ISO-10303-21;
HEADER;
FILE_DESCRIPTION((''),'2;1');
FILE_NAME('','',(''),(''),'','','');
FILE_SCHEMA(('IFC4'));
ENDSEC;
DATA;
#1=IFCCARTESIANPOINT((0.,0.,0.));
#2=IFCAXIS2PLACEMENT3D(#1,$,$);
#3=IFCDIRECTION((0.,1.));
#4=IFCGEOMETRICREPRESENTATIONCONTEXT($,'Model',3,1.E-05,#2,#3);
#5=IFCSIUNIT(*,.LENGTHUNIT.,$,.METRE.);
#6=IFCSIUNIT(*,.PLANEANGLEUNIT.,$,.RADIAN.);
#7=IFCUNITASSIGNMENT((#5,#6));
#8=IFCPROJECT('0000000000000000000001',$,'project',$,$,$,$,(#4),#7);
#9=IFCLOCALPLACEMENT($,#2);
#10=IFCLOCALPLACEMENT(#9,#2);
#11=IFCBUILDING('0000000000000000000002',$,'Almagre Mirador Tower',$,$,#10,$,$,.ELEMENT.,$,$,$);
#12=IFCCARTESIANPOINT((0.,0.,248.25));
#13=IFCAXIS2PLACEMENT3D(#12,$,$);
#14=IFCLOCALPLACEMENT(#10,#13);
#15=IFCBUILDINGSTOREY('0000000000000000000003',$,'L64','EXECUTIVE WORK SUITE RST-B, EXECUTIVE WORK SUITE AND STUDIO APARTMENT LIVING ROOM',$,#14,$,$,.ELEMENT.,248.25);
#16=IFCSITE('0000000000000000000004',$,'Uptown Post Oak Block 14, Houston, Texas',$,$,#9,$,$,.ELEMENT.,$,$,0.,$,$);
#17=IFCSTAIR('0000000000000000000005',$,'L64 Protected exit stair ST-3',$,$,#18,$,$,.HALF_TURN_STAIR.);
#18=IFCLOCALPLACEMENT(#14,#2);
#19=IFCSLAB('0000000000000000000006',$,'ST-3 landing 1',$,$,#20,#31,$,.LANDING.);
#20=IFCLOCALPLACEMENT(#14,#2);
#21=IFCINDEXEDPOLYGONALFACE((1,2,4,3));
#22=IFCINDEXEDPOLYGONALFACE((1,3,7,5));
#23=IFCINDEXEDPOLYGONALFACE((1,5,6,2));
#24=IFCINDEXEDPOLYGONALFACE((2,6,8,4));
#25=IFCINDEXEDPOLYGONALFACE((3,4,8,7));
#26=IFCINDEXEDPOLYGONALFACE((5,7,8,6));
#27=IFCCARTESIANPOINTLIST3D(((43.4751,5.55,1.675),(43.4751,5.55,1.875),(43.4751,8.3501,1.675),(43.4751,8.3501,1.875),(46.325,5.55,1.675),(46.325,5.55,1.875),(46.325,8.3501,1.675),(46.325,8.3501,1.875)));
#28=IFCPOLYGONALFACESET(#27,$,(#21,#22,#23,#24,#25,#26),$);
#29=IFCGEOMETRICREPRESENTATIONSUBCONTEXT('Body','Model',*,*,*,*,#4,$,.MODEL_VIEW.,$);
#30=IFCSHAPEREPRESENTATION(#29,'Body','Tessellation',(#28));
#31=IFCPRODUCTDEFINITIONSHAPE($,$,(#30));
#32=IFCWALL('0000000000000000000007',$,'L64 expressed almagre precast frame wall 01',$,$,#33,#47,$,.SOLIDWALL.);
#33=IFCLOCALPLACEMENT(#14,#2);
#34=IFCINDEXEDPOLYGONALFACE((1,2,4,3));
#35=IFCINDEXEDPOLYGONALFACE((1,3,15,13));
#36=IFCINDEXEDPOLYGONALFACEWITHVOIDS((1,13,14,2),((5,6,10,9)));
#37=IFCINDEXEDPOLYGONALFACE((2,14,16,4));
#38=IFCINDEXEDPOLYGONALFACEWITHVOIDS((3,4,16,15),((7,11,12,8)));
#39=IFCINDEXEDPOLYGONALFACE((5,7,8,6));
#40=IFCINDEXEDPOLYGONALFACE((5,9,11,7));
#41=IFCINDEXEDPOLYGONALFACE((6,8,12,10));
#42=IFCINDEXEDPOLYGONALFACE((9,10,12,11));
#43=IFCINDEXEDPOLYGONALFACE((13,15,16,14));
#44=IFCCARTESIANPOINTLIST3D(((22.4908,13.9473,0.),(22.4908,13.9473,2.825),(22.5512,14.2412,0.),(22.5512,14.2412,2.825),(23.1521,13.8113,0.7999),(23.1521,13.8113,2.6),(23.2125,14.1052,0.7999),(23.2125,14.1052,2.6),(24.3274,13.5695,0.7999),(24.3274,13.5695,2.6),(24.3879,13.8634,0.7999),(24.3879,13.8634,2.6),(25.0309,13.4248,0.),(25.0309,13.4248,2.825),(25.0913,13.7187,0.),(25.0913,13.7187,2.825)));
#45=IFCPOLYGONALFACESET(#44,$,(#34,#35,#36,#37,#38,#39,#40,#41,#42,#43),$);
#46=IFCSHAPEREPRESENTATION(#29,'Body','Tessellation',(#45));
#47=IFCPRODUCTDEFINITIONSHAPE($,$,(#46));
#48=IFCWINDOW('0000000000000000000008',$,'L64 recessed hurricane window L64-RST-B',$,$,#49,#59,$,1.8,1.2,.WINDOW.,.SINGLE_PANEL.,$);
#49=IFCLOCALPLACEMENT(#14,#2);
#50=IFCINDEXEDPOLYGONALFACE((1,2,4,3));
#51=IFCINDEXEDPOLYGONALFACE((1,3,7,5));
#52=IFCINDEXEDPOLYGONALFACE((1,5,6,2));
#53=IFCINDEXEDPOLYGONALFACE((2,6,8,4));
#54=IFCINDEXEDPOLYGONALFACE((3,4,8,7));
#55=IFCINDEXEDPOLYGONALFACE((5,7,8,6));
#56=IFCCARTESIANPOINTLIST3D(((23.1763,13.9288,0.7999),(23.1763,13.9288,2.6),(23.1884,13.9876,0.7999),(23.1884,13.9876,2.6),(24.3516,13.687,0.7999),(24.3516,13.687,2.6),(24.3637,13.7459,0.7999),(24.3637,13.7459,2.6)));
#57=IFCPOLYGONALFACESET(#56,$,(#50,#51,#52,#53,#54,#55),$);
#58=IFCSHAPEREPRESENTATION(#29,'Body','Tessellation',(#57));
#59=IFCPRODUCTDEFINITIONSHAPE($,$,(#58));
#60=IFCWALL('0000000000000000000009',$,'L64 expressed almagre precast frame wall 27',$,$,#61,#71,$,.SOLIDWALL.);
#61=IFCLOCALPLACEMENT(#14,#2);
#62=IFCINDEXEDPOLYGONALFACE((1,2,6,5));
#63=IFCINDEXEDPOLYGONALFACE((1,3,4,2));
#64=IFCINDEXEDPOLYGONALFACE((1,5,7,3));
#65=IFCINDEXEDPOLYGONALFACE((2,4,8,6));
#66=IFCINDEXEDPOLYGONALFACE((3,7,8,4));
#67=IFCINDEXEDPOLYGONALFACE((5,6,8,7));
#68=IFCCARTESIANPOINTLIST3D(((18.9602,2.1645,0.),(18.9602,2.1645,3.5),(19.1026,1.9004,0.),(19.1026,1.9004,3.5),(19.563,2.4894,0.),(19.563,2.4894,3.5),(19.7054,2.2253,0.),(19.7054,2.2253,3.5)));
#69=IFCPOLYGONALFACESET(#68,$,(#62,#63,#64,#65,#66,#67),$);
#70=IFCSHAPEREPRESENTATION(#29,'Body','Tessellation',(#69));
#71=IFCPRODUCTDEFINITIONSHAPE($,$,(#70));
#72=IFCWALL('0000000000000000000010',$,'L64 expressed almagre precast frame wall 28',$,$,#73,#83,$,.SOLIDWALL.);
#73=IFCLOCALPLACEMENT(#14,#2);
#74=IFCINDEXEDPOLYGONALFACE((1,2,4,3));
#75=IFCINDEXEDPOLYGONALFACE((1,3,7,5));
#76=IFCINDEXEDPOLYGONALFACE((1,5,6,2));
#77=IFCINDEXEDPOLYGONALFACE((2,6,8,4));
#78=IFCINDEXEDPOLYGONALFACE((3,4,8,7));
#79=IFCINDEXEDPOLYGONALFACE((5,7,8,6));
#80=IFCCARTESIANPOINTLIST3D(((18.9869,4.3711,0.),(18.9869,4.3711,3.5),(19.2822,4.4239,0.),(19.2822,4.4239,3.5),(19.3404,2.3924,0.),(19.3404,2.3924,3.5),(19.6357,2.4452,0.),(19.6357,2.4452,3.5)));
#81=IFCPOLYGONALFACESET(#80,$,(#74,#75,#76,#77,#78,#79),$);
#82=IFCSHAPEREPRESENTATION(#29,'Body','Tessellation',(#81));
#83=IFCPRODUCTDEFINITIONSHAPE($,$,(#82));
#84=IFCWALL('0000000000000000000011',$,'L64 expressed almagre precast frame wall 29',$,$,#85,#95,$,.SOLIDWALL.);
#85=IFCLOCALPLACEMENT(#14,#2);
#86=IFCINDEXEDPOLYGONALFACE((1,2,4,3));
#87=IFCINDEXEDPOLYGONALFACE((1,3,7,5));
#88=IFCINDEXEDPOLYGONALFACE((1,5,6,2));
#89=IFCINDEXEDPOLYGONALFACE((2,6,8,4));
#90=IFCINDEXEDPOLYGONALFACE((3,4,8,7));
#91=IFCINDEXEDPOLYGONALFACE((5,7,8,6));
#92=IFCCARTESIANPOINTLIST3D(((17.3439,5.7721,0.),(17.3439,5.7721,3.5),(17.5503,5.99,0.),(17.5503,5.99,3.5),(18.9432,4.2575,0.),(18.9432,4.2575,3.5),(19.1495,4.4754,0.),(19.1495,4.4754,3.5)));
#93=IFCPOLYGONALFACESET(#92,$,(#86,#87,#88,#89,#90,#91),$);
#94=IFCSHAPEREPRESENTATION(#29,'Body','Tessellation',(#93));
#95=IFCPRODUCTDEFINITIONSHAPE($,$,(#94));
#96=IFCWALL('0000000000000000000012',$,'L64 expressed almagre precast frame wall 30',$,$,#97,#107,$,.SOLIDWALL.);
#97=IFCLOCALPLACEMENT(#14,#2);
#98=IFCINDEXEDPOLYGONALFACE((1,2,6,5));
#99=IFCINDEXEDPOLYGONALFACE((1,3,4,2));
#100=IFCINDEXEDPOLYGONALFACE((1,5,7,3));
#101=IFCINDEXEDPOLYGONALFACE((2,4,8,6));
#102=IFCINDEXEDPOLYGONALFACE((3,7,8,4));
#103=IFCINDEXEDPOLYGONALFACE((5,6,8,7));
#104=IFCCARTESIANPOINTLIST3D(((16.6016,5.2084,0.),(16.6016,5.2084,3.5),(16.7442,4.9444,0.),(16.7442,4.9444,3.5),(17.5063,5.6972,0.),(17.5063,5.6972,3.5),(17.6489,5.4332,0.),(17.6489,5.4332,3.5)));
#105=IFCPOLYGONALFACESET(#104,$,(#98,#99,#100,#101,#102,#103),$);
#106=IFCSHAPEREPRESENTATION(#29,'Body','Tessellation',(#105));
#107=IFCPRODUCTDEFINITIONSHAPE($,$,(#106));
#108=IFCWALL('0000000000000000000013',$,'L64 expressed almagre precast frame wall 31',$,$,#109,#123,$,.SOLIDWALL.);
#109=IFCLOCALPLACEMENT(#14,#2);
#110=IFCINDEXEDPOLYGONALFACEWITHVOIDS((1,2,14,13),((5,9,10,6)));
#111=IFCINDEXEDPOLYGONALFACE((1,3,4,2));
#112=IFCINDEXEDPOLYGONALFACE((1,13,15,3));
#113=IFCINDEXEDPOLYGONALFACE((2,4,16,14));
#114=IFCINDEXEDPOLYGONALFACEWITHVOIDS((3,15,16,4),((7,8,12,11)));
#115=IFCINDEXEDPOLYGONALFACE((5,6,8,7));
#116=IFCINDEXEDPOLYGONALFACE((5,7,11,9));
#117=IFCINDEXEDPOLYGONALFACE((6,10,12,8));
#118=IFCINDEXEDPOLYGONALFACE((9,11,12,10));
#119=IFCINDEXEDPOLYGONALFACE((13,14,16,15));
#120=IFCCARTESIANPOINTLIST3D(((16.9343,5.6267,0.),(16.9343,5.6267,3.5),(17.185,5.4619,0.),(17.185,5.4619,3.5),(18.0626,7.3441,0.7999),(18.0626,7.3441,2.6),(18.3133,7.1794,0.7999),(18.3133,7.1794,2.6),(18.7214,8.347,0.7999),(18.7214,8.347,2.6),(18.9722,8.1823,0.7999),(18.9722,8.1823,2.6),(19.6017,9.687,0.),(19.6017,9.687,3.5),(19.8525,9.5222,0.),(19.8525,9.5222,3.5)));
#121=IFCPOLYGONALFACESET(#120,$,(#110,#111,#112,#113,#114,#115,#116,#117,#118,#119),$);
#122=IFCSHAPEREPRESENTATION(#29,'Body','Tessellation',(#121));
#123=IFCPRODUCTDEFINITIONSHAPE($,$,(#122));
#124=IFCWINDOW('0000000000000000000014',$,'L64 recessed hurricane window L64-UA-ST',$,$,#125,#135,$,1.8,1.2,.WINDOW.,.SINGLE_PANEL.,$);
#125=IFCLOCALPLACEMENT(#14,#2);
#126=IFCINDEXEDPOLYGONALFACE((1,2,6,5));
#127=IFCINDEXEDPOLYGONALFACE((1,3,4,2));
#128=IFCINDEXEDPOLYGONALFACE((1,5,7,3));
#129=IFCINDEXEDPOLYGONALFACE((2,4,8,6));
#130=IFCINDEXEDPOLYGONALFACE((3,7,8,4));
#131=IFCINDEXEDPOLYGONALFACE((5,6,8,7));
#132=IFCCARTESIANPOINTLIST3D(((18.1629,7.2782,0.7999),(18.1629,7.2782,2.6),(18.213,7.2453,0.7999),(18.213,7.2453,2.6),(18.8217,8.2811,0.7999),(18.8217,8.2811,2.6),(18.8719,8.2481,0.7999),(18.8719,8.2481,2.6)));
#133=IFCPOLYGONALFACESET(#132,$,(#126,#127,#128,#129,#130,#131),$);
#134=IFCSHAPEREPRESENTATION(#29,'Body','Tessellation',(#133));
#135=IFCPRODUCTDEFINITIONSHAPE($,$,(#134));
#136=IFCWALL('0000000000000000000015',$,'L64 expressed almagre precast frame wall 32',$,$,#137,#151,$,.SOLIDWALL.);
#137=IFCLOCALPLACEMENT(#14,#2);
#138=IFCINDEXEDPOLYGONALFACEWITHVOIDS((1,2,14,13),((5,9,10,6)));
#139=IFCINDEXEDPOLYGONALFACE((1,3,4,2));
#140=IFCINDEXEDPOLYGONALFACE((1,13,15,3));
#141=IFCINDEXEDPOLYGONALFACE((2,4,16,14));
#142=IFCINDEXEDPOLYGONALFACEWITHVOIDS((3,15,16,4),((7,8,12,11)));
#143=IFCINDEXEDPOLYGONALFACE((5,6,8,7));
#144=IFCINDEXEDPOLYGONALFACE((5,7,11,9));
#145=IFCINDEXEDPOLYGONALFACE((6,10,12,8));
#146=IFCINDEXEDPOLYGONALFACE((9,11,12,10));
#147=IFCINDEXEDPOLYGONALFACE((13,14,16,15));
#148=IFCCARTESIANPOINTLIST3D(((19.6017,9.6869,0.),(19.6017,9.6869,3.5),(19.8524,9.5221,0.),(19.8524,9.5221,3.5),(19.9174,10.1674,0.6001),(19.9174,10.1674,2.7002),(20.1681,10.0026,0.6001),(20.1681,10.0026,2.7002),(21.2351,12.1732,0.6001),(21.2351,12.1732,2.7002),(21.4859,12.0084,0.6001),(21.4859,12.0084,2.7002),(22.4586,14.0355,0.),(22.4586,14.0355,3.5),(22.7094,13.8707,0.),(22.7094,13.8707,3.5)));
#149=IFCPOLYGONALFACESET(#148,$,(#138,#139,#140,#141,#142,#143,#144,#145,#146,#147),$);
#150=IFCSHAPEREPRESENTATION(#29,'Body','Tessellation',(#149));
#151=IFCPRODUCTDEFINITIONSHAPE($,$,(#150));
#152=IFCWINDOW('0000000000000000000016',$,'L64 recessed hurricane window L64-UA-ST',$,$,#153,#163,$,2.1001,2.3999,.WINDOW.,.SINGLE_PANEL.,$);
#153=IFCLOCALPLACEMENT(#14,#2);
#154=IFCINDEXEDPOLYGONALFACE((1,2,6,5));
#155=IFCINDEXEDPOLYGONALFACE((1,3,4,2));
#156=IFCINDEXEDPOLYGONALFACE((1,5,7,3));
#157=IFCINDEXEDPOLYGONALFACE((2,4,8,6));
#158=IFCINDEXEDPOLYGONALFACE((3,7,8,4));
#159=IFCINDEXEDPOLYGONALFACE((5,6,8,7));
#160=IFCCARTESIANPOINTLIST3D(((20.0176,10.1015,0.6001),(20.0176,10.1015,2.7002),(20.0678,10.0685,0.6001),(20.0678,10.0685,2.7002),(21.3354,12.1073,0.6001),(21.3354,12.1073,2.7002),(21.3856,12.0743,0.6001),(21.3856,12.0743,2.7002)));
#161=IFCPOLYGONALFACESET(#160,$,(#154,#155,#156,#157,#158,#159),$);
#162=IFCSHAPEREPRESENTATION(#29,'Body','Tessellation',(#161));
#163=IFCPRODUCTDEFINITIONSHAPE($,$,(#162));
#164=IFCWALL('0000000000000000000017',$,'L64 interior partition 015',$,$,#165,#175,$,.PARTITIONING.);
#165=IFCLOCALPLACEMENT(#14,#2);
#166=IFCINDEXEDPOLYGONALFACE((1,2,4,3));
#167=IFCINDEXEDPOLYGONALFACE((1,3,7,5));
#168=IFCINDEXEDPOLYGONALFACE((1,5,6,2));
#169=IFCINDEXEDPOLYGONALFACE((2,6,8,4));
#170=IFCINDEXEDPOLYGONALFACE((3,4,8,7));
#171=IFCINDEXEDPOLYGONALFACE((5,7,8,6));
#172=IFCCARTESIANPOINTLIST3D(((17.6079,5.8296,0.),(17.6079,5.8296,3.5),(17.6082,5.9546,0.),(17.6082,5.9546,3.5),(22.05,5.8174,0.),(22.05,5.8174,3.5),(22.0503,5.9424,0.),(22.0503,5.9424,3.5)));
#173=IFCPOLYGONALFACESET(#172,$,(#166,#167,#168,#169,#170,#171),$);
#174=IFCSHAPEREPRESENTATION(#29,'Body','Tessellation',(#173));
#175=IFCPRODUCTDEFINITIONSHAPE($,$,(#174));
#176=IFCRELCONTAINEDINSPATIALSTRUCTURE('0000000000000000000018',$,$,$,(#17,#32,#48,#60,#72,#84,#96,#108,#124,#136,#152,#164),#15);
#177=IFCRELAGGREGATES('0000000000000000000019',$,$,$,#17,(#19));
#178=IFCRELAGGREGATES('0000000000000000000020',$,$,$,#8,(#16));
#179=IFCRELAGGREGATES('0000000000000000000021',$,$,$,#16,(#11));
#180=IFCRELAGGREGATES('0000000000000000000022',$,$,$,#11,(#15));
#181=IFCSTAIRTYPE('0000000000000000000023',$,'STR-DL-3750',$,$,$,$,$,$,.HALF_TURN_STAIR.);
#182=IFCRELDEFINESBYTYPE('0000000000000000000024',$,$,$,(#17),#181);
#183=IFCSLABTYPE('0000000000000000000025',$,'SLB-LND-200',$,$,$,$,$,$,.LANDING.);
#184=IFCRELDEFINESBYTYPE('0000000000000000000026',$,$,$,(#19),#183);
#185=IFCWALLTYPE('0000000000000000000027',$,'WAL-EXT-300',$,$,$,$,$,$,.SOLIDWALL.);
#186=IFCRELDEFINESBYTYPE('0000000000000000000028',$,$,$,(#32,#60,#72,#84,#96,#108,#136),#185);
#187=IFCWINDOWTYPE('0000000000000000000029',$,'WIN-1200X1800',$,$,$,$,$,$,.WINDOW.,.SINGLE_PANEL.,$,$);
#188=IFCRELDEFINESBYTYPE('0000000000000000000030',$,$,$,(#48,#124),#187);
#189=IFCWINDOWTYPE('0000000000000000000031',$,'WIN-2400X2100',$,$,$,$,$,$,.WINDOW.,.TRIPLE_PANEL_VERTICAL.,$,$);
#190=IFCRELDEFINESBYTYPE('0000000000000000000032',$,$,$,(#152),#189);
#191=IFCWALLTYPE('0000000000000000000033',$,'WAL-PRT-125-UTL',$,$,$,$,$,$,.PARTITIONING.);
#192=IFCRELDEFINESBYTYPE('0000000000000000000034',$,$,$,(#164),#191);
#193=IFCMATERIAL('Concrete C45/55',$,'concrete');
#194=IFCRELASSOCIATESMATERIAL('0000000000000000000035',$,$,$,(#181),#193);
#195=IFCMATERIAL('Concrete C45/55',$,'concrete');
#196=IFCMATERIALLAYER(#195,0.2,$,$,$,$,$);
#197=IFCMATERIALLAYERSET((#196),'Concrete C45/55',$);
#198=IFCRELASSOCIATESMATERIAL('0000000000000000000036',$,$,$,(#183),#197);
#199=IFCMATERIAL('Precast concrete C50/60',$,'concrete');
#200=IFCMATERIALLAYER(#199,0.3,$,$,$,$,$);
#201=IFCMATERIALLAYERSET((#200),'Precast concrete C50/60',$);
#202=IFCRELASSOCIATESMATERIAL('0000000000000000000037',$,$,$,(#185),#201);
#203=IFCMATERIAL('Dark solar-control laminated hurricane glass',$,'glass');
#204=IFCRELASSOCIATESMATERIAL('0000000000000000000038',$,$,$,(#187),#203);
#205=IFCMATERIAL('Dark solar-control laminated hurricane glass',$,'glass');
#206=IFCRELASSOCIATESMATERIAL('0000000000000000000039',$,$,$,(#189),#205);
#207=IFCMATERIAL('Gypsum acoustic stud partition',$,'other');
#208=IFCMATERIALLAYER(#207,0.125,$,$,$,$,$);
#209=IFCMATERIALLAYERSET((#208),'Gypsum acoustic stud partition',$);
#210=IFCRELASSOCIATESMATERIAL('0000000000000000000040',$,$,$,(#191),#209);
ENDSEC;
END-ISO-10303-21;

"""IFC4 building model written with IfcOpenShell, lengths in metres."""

from ifc_helpers import new_model, si_unit, direction, frame, frame_2d, origin, place, context, subcontext, project, spatial, polyline, rectangle, outline, extrude, material, layer, layer_set, type_object, element, fill, aggregate, save


model = new_model("IFC4")

# Units and contexts
model_context = context("Model", 3, precision=1e-05, world=origin(), true_north=direction((0.0, 1.0)))
body_context = subcontext(model_context, "Body", "Model", "MODEL_VIEW")
ifc_project = project(units=[si_unit("LENGTHUNIT", "METRE"), si_unit("PLANEANGLEUNIT", "RADIAN")], contexts=[model_context])

# Site, building, storey
site_placement = place(None, origin())
site = spatial("IfcSite", under=ifc_project, at=site_placement, Name="Uptown Post Oak Block 14, Houston, Texas", CompositionType="ELEMENT", RefElevation=0.0)
building_placement = place(site_placement, origin())
building = spatial("IfcBuilding", under=site, at=building_placement, Name="Almagre Mirador Tower", CompositionType="ELEMENT")
storey_placement = place(building_placement, frame((0.0, 0.0, 248.25)))
storey = spatial("IfcBuildingStorey", under=building, at=storey_placement, Name="L64", Description="EXECUTIVE WORK SUITE RST-B, EXECUTIVE WORK SUITE AND STUDIO APARTMENT LIVING ROOM", CompositionType="ELEMENT", Elevation=248.25)

# Stair, slab
ifc_material_1 = material(Name="Concrete C45/55", Category="concrete")
stair_type = type_object("IfcStairType", Name="STR-DL-3750", PredefinedType="HALF_TURN_STAIR", material=ifc_material_1)
ifc_material_2 = material(Name="Concrete C45/55", Category="concrete")
ifc_layer_1 = layer(ifc_material_2, 0.2)
ifc_layer_set_1 = layer_set([ifc_layer_1], Name="Concrete C45/55")
slab_type_1 = type_object("IfcSlabType", Name="SLB-LND-200", PredefinedType="LANDING", material=ifc_layer_set_1)
stair_1_placement = place(storey_placement, origin())
stair_1 = element("IfcStair", 1, at=stair_1_placement, inside=storey, type_object=stair_type, Name="L64 Protected exit stair ST-3", PredefinedType="HALF_TURN_STAIR")
slab_1_placement = place(storey_placement, frame((0.0, 0.0, 1.675)))
slab_1 = element("IfcSlab", 2, at=slab_1_placement, type_object=slab_type_1, Name="ST-3 landing 1", PredefinedType="LANDING", context=body_context, shape_type="SweptSolid", body=[
    extrude(outline(polyline([(43.4751, 8.3501), (43.4751, 5.55), (46.325, 5.55), (46.325, 8.3501), (43.4751, 8.3501)])), origin(), (0.0, 0.0, 1.0), 0.2),
])
aggregate(stair_1, [slab_1])

# Wall, opening, window
ifc_material_3 = material(Name="Precast concrete C50/60", Category="concrete")
ifc_layer_2 = layer(ifc_material_3, 0.3)
ifc_layer_set_2 = layer_set([ifc_layer_2], Name="Precast concrete C50/60")
wall_type_1 = type_object("IfcWallType", Name="WAL-EXT-300", PredefinedType="SOLIDWALL", material=ifc_layer_set_2)
wall_1_placement = place(storey_placement, frame((22.521, 14.0942, 0.0), z_axis=(0.0, 0.0, 1.0), x_axis=(0.979494, -0.201472, 0.0)))
wall_1 = element("IfcWall", 3, at=wall_1_placement, inside=storey, type_object=wall_type_1, Name="L64 expressed almagre precast frame wall 01", PredefinedType="SOLIDWALL", context=body_context, shape_type="SweptSolid", body=[
    extrude(rectangle(XDim=2.5933, YDim=0.3, at=frame_2d((1.2966, 0.0))), origin(), (0.0, 0.0, 1.0), 2.825),
])
opening_1_placement = place(wall_1_placement, frame((0.675, 0.0, 0.8)))
opening_1 = element("IfcOpeningElement", 4, at=opening_1_placement, cuts=wall_1, PredefinedType="OPENING", context=body_context, shape_type="SweptSolid", body=[
    extrude(rectangle(XDim=1.2, YDim=1.8, at=frame_2d((0.6001, 0.8999))), frame((0.0, 0.1599, 0.0), z_axis=(0.0, -1.0, 0.0), x_axis=(1.0, 0.0, 0.0)), (0.0, 0.0, 1.0), 0.32),
])
ifc_material_4 = material(Name="Dark solar-control laminated hurricane glass", Category="glass")
window_type_1 = type_object("IfcWindowType", Name="WIN-1200X1800", PartitioningType="SINGLE_PANEL", PredefinedType="WINDOW", material=ifc_material_4)
window_1_placement = place(opening_1_placement, origin())
window_1 = element("IfcWindow", 5, at=window_1_placement, inside=storey, type_object=window_type_1, Name="L64 recessed hurricane window L64-RST-B", OverallHeight=1.8, OverallWidth=1.2, PartitioningType="SINGLE_PANEL", PredefinedType="WINDOW", context=body_context, shape_type="SweptSolid", body=[
    extrude(rectangle(XDim=1.2, YDim=1.8, at=frame_2d((0.6001, 0.8999))), frame((0.0, 0.03, 0.0), z_axis=(0.0, -1.0, 0.0), x_axis=(1.0, 0.0, 0.0)), (0.0, 0.0, 1.0), 0.0601),
])
fill(opening_1, window_1)

# Walls
wall_2_placement = place(storey_placement, frame((19.0315, 2.0325, 0.0), z_axis=(0.0, 0.0, 1.0), x_axis=(0.880242, 0.474525, 0.0)))
element("IfcWall", 6, at=wall_2_placement, inside=storey, type_object=wall_type_1, Name="L64 expressed almagre precast frame wall 27", PredefinedType="SOLIDWALL", context=body_context, shape_type="SweptSolid", body=[
    extrude(rectangle(XDim=0.6848, YDim=0.3, at=frame_2d((0.3423, 0.0))), origin(), (0.0, 0.0, 1.0), 3.5),
])
wall_3_placement = place(storey_placement, frame((19.488, 2.4189, 0.0), z_axis=(0.0, 0.0, 1.0), x_axis=(-0.175871, 0.984413, 0.0)))
element("IfcWall", 7, at=wall_3_placement, inside=storey, type_object=wall_type_1, Name="L64 expressed almagre precast frame wall 28", PredefinedType="SOLIDWALL", context=body_context, shape_type="SweptSolid", body=[
    extrude(rectangle(XDim=2.01, YDim=0.3, at=frame_2d((1.0049, 0.0))), origin(), (0.0, 0.0, 1.0), 3.5),
])
wall_4_placement = place(storey_placement, frame((19.0464, 4.3665, 0.0), z_axis=(0.0, 0.0, 1.0), x_axis=(-0.726075, 0.687616, 0.0)))
element("IfcWall", 8, at=wall_4_placement, inside=storey, type_object=wall_type_1, Name="L64 expressed almagre precast frame wall 29", PredefinedType="SOLIDWALL", context=body_context, shape_type="SweptSolid", body=[
    extrude(rectangle(XDim=2.2026, YDim=0.3, at=frame_2d((1.1013, 0.0))), origin(), (0.0, 0.0, 1.0), 3.5),
])
wall_5_placement = place(storey_placement, frame((17.5776, 5.5652, 0.0), z_axis=(0.0, 0.0, 1.0), x_axis=(-0.87983, -0.475289, 0.0)))
element("IfcWall", 9, at=wall_5_placement, inside=storey, type_object=wall_type_1, Name="L64 expressed almagre precast frame wall 30", PredefinedType="SOLIDWALL", context=body_context, shape_type="SweptSolid", body=[
    extrude(rectangle(XDim=1.0283, YDim=0.3, at=frame_2d((0.5142, 0.0))), origin(), (0.0, 0.0, 1.0), 3.5),
])

# Walls, openings, windows
wall_6_placement = place(storey_placement, frame((17.0596, 5.5442, 0.0), z_axis=(0.0, 0.0, 1.0), x_axis=(0.549075, 0.835773, 0.0)))
wall_6 = element("IfcWall", 10, at=wall_6_placement, inside=storey, type_object=wall_type_1, Name="L64 expressed almagre precast frame wall 31", PredefinedType="SOLIDWALL", context=body_context, shape_type="SweptSolid", body=[
    extrude(rectangle(XDim=4.8582, YDim=0.3, at=frame_2d((2.4292, 0.0))), origin(), (0.0, 0.0, 1.0), 3.5),
])
opening_2_placement = place(wall_6_placement, frame((2.0549, 0.0, 0.8)))
opening_2 = element("IfcOpeningElement", 11, at=opening_2_placement, cuts=wall_6, PredefinedType="OPENING", context=body_context, shape_type="SweptSolid", body=[
    extrude(rectangle(XDim=1.2, YDim=1.8, at=frame_2d((0.6001, 0.8999))), frame((0.0, 0.1599, 0.0), z_axis=(0.0, -1.0, 0.0), x_axis=(1.0, 0.0, 0.0)), (0.0, 0.0, 1.0), 0.32),
])
window_2_placement = place(opening_2_placement, origin())
window_2 = element("IfcWindow", 12, at=window_2_placement, inside=storey, type_object=window_type_1, Name="L64 recessed hurricane window L64-UA-ST", OverallHeight=1.8, OverallWidth=1.2, PartitioningType="SINGLE_PANEL", PredefinedType="WINDOW", context=body_context, shape_type="SweptSolid", body=[
    extrude(rectangle(XDim=1.2, YDim=1.8, at=frame_2d((0.6001, 0.8999))), frame((0.0, 0.03, 0.0), z_axis=(0.0, -1.0, 0.0), x_axis=(1.0, 0.0, 0.0)), (0.0, 0.0, 1.0), 0.0601),
])
fill(opening_2, window_2)
wall_7_placement = place(storey_placement, frame((19.7271, 9.6045, 0.0), z_axis=(0.0, 0.0, 1.0), x_axis=(0.549079, 0.835771, 0.0)))
wall_7 = element("IfcWall", 13, at=wall_7_placement, inside=storey, type_object=wall_type_1, Name="L64 expressed almagre precast frame wall 32", PredefinedType="SOLIDWALL", context=body_context, shape_type="SweptSolid", body=[
    extrude(rectangle(XDim=5.2031, YDim=0.3, at=frame_2d((2.6016, 0.0))), origin(), (0.0, 0.0, 1.0), 3.5),
])
opening_3_placement = place(wall_7_placement, frame((0.575, 0.0, 0.6001)))
opening_3 = element("IfcOpeningElement", 14, at=opening_3_placement, cuts=wall_7, PredefinedType="OPENING", context=body_context, shape_type="SweptSolid", body=[
    extrude(rectangle(XDim=2.3999, YDim=2.1001, at=frame_2d((1.2, 1.05))), frame((0.0, 0.1599, 0.0), z_axis=(0.0, -1.0, 0.0), x_axis=(1.0, 0.0, 0.0)), (0.0, 0.0, 1.0), 0.32),
])
ifc_material_5 = material(Name="Dark solar-control laminated hurricane glass", Category="glass")
window_type_2 = type_object("IfcWindowType", Name="WIN-2400X2100", PartitioningType="TRIPLE_PANEL_VERTICAL", PredefinedType="WINDOW", material=ifc_material_5)
window_3_placement = place(opening_3_placement, origin())
window_3 = element("IfcWindow", 15, at=window_3_placement, inside=storey, type_object=window_type_2, Name="L64 recessed hurricane window L64-UA-ST", OverallHeight=2.1001, OverallWidth=2.3999, PartitioningType="SINGLE_PANEL", PredefinedType="WINDOW", context=body_context, shape_type="SweptSolid", body=[
    extrude(rectangle(XDim=2.3999, YDim=2.1001, at=frame_2d((1.2, 1.05))), frame((0.0, 0.03, 0.0), z_axis=(0.0, -1.0, 0.0), x_axis=(1.0, 0.0, 0.0)), (0.0, 0.0, 1.0), 0.0601),
])
fill(opening_3, window_3)

# Wall
ifc_material_6 = material(Name="Gypsum acoustic stud partition", Category="other")
ifc_layer_3 = layer(ifc_material_6, 0.125)
ifc_layer_set_3 = layer_set([ifc_layer_3], Name="Gypsum acoustic stud partition")
wall_type_2 = type_object("IfcWallType", Name="WAL-PRT-125-UTL", PredefinedType="PARTITIONING", material=ifc_layer_set_3)
wall_8_placement = place(storey_placement, frame((17.6079, 5.8921, 0.0), z_axis=(0.0, 0.0, 1.0), x_axis=(0.999996, -0.002748, 0.0)))
element("IfcWall", 16, at=wall_8_placement, inside=storey, type_object=wall_type_2, Name="L64 interior partition 015", PredefinedType="PARTITIONING", context=body_context, shape_type="SweptSolid", body=[
    extrude(rectangle(XDim=4.4421, YDim=0.125, at=frame_2d((2.2212, 0.0))), origin(), (0.0, 0.0, 1.0), 3.5),
])

save(model, "model.ifc")
